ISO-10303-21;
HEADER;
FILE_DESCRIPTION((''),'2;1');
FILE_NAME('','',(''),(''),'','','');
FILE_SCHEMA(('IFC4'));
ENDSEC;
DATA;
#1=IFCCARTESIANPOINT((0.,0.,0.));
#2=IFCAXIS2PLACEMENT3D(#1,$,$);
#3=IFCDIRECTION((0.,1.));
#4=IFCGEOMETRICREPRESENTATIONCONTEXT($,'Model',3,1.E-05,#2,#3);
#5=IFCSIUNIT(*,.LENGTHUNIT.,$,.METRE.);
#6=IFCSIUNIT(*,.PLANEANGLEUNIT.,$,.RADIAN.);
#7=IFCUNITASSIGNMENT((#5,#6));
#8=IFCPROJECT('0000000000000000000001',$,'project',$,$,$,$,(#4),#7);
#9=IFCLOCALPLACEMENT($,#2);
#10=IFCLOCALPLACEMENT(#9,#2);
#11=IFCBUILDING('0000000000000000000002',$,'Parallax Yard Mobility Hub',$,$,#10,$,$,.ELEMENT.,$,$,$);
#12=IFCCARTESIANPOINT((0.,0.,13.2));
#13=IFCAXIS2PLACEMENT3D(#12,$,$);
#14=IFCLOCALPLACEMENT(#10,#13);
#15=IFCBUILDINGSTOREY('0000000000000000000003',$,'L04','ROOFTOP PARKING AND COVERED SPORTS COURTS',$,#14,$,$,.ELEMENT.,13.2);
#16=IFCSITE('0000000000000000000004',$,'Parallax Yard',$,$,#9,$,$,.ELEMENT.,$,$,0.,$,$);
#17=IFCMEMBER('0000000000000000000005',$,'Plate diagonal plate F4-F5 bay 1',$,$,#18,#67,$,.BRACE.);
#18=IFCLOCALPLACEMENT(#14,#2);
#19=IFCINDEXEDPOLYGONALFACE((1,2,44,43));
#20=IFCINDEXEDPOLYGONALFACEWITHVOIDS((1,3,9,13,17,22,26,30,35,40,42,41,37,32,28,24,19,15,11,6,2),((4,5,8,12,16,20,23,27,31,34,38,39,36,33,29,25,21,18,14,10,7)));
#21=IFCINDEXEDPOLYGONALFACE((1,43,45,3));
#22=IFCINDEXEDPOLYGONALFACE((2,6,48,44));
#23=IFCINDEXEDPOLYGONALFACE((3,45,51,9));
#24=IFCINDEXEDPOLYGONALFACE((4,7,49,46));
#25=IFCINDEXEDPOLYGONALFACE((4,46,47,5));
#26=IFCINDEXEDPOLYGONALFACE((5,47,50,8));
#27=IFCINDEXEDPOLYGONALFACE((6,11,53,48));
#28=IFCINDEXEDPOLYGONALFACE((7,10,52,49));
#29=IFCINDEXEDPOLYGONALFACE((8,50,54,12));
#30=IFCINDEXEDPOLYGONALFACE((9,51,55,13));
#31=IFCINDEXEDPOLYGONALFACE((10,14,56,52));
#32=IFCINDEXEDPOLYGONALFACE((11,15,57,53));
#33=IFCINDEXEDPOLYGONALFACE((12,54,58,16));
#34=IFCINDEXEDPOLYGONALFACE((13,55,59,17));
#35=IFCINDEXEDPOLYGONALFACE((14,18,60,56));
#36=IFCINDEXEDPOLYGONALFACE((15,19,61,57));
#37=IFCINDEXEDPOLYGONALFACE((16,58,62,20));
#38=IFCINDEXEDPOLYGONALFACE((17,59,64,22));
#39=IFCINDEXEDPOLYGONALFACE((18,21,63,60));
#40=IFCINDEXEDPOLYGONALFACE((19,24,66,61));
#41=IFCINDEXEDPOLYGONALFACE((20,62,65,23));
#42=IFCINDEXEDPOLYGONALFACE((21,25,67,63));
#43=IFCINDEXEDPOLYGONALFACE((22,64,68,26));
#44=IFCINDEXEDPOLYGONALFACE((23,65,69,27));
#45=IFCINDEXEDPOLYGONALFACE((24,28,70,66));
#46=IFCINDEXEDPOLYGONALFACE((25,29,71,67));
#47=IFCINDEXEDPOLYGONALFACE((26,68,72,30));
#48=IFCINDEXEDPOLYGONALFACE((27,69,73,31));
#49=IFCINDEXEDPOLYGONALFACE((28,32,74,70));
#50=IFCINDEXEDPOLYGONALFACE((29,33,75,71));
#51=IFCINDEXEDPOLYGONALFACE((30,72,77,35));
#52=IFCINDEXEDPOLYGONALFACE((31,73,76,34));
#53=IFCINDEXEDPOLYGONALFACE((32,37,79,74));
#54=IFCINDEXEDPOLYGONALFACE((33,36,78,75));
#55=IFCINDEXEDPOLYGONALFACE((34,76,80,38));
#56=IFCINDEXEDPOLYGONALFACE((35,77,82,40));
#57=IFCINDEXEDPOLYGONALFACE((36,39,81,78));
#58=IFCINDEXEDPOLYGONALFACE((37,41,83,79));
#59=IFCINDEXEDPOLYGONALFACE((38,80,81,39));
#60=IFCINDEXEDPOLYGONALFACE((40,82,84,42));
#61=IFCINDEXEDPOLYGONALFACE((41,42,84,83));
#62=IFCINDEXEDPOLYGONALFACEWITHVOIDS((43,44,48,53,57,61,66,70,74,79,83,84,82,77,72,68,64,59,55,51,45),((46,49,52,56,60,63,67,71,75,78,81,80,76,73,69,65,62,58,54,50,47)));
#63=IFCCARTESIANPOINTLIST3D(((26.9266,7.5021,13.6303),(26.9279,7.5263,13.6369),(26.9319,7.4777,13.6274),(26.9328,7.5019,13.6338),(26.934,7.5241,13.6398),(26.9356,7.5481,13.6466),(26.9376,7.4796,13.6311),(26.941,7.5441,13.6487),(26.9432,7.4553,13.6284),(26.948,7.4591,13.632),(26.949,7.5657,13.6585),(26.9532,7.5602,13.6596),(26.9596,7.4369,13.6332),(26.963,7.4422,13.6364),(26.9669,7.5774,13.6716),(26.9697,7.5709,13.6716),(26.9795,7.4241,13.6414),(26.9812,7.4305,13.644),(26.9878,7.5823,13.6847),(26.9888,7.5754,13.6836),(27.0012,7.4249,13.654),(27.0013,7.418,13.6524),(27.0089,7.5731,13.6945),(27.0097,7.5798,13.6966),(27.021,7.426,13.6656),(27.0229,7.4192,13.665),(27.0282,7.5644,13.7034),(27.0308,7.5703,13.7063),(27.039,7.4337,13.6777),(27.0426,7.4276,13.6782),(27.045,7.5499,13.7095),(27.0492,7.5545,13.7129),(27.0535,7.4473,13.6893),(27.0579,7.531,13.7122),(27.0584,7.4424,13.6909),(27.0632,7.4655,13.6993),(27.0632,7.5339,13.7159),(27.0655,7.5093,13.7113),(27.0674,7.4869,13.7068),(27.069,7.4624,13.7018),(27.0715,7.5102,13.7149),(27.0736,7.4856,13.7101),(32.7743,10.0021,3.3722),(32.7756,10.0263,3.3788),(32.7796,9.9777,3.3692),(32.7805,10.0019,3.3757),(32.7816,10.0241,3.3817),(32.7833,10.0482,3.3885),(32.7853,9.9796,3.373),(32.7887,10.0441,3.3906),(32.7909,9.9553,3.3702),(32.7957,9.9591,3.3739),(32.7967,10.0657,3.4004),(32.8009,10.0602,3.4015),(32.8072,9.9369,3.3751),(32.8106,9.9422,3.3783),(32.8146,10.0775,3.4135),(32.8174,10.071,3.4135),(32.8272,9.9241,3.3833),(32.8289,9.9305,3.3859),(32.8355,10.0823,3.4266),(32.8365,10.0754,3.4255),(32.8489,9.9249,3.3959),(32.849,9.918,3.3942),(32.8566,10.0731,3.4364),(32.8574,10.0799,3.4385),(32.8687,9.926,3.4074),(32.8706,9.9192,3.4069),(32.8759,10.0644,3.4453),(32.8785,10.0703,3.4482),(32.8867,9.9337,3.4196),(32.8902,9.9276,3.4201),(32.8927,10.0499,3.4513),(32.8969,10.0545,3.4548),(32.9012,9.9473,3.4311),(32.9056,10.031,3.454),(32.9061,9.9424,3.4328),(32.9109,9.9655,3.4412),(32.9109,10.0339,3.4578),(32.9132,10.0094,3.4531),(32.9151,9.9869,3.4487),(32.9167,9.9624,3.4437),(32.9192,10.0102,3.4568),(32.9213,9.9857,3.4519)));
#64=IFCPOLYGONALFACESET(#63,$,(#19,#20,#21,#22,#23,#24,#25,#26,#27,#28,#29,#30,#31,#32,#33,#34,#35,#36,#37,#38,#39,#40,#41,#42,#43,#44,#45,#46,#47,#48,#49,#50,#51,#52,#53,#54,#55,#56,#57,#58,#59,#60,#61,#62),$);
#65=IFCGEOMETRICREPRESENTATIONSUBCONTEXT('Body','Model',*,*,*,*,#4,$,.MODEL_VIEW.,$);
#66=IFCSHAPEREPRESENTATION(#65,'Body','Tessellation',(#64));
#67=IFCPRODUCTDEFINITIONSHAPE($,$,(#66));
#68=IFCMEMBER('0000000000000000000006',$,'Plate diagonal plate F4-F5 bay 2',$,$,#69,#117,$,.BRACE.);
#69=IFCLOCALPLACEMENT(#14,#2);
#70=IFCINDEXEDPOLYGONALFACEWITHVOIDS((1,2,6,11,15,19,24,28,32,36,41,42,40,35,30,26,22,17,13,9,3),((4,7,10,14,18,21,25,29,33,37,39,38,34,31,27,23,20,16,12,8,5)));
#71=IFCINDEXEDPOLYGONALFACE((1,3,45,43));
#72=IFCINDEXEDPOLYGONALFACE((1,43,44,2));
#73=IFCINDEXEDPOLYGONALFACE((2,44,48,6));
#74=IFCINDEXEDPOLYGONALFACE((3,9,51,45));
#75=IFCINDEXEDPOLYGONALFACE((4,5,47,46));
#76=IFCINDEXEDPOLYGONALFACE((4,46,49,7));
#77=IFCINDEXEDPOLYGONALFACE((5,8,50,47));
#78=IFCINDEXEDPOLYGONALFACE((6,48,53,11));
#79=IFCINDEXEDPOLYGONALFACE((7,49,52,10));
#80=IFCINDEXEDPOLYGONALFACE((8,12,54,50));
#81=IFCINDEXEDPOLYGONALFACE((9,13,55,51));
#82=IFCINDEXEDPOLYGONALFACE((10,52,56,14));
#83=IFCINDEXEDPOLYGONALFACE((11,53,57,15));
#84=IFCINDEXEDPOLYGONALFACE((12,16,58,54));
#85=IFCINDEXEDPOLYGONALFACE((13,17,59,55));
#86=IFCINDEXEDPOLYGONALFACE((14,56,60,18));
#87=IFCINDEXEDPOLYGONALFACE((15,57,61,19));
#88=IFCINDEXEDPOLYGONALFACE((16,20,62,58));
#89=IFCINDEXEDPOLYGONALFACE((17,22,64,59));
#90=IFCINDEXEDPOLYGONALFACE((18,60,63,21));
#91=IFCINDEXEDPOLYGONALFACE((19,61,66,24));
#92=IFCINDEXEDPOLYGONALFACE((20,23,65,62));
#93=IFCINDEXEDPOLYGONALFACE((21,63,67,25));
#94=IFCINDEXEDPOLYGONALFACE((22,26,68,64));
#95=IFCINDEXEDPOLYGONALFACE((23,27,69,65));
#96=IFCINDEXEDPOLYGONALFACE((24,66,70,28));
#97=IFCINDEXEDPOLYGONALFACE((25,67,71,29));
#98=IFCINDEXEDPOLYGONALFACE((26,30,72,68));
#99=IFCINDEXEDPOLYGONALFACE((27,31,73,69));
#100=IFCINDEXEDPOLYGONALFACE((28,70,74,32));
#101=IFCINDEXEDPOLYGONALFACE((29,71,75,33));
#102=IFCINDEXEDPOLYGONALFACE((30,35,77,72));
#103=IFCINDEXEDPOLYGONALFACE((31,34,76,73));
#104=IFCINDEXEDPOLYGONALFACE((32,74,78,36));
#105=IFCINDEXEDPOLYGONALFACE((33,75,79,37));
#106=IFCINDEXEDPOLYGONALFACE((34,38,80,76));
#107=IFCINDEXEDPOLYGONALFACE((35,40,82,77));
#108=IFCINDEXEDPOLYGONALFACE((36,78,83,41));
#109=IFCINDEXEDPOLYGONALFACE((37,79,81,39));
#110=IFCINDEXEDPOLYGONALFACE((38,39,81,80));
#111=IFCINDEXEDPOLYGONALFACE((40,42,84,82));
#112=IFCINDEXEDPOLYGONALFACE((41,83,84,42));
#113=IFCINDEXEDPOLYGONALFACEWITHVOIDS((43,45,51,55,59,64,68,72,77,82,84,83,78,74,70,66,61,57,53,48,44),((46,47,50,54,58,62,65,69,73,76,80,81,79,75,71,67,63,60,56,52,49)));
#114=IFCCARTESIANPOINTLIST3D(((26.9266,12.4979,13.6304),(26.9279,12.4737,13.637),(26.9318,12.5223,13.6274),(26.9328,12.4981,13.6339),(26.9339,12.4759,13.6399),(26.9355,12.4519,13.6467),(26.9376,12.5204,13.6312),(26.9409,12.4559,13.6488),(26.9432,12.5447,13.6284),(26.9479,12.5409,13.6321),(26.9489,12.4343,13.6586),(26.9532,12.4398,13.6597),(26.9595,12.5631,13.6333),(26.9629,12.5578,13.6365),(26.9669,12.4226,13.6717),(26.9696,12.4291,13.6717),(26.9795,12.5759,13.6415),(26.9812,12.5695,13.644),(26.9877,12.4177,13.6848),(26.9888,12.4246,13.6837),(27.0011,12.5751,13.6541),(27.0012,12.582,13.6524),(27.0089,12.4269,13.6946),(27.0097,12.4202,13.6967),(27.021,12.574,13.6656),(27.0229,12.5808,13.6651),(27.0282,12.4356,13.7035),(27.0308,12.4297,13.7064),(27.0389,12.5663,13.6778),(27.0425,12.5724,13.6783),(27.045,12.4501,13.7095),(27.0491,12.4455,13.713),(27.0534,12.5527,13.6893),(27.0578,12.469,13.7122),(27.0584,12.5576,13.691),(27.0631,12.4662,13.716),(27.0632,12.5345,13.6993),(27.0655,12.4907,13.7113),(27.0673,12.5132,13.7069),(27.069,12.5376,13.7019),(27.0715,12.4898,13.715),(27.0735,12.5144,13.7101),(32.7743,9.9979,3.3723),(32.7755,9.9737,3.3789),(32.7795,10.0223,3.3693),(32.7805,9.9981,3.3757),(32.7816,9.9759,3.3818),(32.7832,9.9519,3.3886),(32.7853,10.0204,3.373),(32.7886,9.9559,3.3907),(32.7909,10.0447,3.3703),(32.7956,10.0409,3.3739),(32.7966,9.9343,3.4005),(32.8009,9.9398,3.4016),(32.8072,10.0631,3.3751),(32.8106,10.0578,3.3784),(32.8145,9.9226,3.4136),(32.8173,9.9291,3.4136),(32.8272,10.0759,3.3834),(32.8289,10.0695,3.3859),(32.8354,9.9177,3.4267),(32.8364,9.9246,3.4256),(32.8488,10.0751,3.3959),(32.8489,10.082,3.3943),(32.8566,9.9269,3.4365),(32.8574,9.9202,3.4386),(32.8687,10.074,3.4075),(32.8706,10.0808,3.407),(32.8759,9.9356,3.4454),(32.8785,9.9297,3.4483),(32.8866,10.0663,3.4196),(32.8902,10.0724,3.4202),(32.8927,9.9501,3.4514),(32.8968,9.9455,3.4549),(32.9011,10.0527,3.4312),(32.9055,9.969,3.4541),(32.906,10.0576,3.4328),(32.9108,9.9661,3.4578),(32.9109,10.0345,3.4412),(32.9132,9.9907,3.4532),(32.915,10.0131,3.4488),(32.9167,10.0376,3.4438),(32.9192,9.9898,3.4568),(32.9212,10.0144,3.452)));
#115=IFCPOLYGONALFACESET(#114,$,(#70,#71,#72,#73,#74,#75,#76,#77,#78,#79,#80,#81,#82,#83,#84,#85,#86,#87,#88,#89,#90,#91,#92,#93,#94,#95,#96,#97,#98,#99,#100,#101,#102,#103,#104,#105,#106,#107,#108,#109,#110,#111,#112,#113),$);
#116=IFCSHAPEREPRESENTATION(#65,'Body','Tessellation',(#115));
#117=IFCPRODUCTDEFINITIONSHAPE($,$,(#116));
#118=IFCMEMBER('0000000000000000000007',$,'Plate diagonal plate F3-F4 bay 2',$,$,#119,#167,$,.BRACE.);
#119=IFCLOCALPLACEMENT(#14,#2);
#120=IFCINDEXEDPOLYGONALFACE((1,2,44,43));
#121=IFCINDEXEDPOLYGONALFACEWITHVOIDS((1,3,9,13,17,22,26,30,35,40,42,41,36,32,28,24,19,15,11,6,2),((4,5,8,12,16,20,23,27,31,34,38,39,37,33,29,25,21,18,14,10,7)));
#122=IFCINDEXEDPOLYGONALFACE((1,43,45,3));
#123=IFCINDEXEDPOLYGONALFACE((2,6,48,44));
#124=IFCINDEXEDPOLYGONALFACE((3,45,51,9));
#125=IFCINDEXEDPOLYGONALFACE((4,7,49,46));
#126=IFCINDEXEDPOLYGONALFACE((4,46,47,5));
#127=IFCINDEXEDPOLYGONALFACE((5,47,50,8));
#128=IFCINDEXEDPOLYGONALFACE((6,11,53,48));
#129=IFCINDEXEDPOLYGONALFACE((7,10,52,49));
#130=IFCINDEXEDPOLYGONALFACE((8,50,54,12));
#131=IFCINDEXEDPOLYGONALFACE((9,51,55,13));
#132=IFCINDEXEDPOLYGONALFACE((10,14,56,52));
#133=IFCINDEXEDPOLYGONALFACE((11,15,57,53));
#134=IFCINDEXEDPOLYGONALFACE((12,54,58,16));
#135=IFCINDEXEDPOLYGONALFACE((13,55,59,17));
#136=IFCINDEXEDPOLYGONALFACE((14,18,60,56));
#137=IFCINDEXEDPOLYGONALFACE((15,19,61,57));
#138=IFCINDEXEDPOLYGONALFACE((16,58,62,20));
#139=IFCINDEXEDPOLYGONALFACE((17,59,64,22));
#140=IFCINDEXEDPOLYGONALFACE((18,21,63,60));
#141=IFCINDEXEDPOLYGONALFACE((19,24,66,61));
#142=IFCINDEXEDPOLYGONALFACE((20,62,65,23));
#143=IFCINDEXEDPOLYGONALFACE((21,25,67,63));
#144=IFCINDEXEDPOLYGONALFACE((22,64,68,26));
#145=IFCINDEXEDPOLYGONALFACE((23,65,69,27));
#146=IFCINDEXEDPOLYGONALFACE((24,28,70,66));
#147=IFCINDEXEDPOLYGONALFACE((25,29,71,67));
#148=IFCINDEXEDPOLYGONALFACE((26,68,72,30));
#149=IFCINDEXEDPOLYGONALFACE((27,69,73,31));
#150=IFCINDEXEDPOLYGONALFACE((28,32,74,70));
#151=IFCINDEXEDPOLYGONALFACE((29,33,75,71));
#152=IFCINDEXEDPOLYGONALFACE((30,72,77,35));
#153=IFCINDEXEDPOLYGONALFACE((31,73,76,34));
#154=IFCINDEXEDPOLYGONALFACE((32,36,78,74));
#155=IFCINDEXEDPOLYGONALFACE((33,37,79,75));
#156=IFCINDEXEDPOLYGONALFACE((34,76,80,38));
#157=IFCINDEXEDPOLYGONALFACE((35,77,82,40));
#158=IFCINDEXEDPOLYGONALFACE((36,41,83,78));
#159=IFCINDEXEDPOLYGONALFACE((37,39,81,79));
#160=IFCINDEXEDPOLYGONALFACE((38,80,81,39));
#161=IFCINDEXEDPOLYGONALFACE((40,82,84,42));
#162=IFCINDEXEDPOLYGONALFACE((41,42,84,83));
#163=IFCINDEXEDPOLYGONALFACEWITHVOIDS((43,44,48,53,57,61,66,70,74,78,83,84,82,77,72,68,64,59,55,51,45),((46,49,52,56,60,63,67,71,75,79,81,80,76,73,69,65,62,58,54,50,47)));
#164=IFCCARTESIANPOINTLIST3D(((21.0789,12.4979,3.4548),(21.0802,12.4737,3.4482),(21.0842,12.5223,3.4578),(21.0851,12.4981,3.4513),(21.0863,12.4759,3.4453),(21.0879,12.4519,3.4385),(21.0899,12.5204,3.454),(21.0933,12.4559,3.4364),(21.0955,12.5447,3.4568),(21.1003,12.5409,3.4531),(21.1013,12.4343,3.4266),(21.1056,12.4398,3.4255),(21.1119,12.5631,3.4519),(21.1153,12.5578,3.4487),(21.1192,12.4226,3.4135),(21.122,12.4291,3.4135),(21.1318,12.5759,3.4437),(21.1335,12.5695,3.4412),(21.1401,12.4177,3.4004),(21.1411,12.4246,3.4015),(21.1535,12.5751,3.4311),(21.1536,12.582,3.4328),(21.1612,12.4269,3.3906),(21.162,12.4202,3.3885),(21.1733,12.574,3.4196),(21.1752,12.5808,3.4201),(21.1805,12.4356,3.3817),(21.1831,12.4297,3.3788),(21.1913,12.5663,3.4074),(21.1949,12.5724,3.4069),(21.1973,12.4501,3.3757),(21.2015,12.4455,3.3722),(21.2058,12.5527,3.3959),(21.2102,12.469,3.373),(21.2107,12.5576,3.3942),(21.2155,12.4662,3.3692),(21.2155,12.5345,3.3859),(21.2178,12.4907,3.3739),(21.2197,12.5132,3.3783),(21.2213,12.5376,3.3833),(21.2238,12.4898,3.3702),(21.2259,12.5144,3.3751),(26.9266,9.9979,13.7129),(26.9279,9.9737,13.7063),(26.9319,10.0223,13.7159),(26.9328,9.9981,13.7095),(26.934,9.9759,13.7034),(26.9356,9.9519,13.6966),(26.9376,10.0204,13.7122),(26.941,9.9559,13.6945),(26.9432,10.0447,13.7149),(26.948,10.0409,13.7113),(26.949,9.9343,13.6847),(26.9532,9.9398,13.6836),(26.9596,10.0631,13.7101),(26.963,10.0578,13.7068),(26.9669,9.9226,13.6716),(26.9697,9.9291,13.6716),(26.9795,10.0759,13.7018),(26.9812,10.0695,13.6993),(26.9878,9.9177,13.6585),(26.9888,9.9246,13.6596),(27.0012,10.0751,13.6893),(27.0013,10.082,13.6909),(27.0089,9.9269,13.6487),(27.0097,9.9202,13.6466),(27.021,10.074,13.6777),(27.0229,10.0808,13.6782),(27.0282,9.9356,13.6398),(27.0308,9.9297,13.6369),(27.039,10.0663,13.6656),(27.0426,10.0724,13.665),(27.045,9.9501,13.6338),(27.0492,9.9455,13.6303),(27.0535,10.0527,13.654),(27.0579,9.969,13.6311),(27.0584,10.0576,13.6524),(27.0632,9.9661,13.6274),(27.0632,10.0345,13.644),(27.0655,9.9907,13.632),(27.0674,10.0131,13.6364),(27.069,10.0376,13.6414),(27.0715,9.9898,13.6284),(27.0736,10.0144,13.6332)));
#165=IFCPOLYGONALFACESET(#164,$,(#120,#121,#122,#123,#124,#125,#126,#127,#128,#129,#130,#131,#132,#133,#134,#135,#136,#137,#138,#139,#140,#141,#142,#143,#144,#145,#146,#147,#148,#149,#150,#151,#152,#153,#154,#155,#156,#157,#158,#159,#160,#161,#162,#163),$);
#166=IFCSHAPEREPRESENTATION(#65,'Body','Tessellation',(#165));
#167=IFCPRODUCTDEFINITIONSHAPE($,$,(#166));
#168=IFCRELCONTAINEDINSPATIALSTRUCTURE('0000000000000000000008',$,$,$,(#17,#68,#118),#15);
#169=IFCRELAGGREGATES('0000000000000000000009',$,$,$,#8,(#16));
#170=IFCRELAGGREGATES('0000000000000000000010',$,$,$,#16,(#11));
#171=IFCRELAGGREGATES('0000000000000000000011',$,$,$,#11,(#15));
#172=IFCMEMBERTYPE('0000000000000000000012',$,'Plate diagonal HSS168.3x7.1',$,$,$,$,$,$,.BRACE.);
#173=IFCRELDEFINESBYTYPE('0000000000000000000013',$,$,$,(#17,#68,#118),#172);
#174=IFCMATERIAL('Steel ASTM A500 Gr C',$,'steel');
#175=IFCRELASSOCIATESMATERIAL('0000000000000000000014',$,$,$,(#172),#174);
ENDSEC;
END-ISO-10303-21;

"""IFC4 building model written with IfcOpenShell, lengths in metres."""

from ifc_helpers import new_model, si_unit, direction, frame, origin, origin_2d, place, context, subcontext, project, spatial, hollow_circle, extrude, material, material_profile, profile_set, type_object, element, save


model = new_model("IFC4")

# Units and contexts
model_context = context("Model", 3, precision=1e-05, world=origin(), true_north=direction((0.0, 1.0)))
body_context = subcontext(model_context, "Body", "Model", "MODEL_VIEW")
ifc_project = project(units=[si_unit("LENGTHUNIT", "METRE"), si_unit("PLANEANGLEUNIT", "RADIAN")], contexts=[model_context])

# Site, building, storey
site_placement = place(None, origin())
site = spatial("IfcSite", under=ifc_project, at=site_placement, Name="Parallax Yard", CompositionType="ELEMENT", RefElevation=0.0)
building_placement = place(site_placement, origin())
building = spatial("IfcBuilding", under=site, at=building_placement, Name="Parallax Yard Mobility Hub", CompositionType="ELEMENT")
storey_placement = place(building_placement, frame((0.0, 0.0, 13.2)))
storey = spatial("IfcBuildingStorey", under=building, at=storey_placement, Name="L04", Description="ROOFTOP PARKING AND COVERED SPORTS COURTS", CompositionType="ELEMENT", Elevation=13.2)

# Members
ifc_material_1 = material(Name="Steel ASTM A500 Gr C", Category="steel")
ifc_material_profile_1 = material_profile(ifc_material_1, hollow_circle(Radius=0.0842, WallThickness=0.0071, at=origin_2d()), Name="HSS168.3x7.1")
ifc_profile_set_1 = profile_set([ifc_material_profile_1], Name="Steel ASTM A500 Gr C")
member_type_1 = type_object("IfcMemberType", Name="Plate diagonal HSS168.3x7.1", PredefinedType="BRACE", material=ifc_profile_set_1)
for number, where, z_axis, x_axis, name in (
    (1, (27.0, 7.5, 13.6716), (0.484499, 0.207134, -0.849916), (-0.393104, 0.919494, 0.0), "Plate diagonal plate F4-F5 bay 1"),
    (2, (32.8477, 10.0, 3.4136), (-0.484499, 0.207134, 0.849916), (-0.393104, -0.919494, 0.0), "Plate diagonal plate F4-F5 bay 2"),
    (3, (27.0, 10.0, 13.6716), (-0.484499, 0.207134, -0.849916), (-0.393104, -0.919494, 0.0), "Plate diagonal plate F3-F4 bay 2"),
):
    element("IfcMember", number, at=place(storey_placement, frame(where, z_axis=z_axis, x_axis=x_axis)), inside=storey, type_object=member_type_1, Name=name, PredefinedType="BRACE", context=body_context, shape_type="SweptSolid", body=[
        extrude(hollow_circle(Radius=0.0842, WallThickness=0.0071, at=origin_2d()), origin(), (0.0, 0.0, 1.0), 12.0696),
    ])

save(model, "model.ifc")
